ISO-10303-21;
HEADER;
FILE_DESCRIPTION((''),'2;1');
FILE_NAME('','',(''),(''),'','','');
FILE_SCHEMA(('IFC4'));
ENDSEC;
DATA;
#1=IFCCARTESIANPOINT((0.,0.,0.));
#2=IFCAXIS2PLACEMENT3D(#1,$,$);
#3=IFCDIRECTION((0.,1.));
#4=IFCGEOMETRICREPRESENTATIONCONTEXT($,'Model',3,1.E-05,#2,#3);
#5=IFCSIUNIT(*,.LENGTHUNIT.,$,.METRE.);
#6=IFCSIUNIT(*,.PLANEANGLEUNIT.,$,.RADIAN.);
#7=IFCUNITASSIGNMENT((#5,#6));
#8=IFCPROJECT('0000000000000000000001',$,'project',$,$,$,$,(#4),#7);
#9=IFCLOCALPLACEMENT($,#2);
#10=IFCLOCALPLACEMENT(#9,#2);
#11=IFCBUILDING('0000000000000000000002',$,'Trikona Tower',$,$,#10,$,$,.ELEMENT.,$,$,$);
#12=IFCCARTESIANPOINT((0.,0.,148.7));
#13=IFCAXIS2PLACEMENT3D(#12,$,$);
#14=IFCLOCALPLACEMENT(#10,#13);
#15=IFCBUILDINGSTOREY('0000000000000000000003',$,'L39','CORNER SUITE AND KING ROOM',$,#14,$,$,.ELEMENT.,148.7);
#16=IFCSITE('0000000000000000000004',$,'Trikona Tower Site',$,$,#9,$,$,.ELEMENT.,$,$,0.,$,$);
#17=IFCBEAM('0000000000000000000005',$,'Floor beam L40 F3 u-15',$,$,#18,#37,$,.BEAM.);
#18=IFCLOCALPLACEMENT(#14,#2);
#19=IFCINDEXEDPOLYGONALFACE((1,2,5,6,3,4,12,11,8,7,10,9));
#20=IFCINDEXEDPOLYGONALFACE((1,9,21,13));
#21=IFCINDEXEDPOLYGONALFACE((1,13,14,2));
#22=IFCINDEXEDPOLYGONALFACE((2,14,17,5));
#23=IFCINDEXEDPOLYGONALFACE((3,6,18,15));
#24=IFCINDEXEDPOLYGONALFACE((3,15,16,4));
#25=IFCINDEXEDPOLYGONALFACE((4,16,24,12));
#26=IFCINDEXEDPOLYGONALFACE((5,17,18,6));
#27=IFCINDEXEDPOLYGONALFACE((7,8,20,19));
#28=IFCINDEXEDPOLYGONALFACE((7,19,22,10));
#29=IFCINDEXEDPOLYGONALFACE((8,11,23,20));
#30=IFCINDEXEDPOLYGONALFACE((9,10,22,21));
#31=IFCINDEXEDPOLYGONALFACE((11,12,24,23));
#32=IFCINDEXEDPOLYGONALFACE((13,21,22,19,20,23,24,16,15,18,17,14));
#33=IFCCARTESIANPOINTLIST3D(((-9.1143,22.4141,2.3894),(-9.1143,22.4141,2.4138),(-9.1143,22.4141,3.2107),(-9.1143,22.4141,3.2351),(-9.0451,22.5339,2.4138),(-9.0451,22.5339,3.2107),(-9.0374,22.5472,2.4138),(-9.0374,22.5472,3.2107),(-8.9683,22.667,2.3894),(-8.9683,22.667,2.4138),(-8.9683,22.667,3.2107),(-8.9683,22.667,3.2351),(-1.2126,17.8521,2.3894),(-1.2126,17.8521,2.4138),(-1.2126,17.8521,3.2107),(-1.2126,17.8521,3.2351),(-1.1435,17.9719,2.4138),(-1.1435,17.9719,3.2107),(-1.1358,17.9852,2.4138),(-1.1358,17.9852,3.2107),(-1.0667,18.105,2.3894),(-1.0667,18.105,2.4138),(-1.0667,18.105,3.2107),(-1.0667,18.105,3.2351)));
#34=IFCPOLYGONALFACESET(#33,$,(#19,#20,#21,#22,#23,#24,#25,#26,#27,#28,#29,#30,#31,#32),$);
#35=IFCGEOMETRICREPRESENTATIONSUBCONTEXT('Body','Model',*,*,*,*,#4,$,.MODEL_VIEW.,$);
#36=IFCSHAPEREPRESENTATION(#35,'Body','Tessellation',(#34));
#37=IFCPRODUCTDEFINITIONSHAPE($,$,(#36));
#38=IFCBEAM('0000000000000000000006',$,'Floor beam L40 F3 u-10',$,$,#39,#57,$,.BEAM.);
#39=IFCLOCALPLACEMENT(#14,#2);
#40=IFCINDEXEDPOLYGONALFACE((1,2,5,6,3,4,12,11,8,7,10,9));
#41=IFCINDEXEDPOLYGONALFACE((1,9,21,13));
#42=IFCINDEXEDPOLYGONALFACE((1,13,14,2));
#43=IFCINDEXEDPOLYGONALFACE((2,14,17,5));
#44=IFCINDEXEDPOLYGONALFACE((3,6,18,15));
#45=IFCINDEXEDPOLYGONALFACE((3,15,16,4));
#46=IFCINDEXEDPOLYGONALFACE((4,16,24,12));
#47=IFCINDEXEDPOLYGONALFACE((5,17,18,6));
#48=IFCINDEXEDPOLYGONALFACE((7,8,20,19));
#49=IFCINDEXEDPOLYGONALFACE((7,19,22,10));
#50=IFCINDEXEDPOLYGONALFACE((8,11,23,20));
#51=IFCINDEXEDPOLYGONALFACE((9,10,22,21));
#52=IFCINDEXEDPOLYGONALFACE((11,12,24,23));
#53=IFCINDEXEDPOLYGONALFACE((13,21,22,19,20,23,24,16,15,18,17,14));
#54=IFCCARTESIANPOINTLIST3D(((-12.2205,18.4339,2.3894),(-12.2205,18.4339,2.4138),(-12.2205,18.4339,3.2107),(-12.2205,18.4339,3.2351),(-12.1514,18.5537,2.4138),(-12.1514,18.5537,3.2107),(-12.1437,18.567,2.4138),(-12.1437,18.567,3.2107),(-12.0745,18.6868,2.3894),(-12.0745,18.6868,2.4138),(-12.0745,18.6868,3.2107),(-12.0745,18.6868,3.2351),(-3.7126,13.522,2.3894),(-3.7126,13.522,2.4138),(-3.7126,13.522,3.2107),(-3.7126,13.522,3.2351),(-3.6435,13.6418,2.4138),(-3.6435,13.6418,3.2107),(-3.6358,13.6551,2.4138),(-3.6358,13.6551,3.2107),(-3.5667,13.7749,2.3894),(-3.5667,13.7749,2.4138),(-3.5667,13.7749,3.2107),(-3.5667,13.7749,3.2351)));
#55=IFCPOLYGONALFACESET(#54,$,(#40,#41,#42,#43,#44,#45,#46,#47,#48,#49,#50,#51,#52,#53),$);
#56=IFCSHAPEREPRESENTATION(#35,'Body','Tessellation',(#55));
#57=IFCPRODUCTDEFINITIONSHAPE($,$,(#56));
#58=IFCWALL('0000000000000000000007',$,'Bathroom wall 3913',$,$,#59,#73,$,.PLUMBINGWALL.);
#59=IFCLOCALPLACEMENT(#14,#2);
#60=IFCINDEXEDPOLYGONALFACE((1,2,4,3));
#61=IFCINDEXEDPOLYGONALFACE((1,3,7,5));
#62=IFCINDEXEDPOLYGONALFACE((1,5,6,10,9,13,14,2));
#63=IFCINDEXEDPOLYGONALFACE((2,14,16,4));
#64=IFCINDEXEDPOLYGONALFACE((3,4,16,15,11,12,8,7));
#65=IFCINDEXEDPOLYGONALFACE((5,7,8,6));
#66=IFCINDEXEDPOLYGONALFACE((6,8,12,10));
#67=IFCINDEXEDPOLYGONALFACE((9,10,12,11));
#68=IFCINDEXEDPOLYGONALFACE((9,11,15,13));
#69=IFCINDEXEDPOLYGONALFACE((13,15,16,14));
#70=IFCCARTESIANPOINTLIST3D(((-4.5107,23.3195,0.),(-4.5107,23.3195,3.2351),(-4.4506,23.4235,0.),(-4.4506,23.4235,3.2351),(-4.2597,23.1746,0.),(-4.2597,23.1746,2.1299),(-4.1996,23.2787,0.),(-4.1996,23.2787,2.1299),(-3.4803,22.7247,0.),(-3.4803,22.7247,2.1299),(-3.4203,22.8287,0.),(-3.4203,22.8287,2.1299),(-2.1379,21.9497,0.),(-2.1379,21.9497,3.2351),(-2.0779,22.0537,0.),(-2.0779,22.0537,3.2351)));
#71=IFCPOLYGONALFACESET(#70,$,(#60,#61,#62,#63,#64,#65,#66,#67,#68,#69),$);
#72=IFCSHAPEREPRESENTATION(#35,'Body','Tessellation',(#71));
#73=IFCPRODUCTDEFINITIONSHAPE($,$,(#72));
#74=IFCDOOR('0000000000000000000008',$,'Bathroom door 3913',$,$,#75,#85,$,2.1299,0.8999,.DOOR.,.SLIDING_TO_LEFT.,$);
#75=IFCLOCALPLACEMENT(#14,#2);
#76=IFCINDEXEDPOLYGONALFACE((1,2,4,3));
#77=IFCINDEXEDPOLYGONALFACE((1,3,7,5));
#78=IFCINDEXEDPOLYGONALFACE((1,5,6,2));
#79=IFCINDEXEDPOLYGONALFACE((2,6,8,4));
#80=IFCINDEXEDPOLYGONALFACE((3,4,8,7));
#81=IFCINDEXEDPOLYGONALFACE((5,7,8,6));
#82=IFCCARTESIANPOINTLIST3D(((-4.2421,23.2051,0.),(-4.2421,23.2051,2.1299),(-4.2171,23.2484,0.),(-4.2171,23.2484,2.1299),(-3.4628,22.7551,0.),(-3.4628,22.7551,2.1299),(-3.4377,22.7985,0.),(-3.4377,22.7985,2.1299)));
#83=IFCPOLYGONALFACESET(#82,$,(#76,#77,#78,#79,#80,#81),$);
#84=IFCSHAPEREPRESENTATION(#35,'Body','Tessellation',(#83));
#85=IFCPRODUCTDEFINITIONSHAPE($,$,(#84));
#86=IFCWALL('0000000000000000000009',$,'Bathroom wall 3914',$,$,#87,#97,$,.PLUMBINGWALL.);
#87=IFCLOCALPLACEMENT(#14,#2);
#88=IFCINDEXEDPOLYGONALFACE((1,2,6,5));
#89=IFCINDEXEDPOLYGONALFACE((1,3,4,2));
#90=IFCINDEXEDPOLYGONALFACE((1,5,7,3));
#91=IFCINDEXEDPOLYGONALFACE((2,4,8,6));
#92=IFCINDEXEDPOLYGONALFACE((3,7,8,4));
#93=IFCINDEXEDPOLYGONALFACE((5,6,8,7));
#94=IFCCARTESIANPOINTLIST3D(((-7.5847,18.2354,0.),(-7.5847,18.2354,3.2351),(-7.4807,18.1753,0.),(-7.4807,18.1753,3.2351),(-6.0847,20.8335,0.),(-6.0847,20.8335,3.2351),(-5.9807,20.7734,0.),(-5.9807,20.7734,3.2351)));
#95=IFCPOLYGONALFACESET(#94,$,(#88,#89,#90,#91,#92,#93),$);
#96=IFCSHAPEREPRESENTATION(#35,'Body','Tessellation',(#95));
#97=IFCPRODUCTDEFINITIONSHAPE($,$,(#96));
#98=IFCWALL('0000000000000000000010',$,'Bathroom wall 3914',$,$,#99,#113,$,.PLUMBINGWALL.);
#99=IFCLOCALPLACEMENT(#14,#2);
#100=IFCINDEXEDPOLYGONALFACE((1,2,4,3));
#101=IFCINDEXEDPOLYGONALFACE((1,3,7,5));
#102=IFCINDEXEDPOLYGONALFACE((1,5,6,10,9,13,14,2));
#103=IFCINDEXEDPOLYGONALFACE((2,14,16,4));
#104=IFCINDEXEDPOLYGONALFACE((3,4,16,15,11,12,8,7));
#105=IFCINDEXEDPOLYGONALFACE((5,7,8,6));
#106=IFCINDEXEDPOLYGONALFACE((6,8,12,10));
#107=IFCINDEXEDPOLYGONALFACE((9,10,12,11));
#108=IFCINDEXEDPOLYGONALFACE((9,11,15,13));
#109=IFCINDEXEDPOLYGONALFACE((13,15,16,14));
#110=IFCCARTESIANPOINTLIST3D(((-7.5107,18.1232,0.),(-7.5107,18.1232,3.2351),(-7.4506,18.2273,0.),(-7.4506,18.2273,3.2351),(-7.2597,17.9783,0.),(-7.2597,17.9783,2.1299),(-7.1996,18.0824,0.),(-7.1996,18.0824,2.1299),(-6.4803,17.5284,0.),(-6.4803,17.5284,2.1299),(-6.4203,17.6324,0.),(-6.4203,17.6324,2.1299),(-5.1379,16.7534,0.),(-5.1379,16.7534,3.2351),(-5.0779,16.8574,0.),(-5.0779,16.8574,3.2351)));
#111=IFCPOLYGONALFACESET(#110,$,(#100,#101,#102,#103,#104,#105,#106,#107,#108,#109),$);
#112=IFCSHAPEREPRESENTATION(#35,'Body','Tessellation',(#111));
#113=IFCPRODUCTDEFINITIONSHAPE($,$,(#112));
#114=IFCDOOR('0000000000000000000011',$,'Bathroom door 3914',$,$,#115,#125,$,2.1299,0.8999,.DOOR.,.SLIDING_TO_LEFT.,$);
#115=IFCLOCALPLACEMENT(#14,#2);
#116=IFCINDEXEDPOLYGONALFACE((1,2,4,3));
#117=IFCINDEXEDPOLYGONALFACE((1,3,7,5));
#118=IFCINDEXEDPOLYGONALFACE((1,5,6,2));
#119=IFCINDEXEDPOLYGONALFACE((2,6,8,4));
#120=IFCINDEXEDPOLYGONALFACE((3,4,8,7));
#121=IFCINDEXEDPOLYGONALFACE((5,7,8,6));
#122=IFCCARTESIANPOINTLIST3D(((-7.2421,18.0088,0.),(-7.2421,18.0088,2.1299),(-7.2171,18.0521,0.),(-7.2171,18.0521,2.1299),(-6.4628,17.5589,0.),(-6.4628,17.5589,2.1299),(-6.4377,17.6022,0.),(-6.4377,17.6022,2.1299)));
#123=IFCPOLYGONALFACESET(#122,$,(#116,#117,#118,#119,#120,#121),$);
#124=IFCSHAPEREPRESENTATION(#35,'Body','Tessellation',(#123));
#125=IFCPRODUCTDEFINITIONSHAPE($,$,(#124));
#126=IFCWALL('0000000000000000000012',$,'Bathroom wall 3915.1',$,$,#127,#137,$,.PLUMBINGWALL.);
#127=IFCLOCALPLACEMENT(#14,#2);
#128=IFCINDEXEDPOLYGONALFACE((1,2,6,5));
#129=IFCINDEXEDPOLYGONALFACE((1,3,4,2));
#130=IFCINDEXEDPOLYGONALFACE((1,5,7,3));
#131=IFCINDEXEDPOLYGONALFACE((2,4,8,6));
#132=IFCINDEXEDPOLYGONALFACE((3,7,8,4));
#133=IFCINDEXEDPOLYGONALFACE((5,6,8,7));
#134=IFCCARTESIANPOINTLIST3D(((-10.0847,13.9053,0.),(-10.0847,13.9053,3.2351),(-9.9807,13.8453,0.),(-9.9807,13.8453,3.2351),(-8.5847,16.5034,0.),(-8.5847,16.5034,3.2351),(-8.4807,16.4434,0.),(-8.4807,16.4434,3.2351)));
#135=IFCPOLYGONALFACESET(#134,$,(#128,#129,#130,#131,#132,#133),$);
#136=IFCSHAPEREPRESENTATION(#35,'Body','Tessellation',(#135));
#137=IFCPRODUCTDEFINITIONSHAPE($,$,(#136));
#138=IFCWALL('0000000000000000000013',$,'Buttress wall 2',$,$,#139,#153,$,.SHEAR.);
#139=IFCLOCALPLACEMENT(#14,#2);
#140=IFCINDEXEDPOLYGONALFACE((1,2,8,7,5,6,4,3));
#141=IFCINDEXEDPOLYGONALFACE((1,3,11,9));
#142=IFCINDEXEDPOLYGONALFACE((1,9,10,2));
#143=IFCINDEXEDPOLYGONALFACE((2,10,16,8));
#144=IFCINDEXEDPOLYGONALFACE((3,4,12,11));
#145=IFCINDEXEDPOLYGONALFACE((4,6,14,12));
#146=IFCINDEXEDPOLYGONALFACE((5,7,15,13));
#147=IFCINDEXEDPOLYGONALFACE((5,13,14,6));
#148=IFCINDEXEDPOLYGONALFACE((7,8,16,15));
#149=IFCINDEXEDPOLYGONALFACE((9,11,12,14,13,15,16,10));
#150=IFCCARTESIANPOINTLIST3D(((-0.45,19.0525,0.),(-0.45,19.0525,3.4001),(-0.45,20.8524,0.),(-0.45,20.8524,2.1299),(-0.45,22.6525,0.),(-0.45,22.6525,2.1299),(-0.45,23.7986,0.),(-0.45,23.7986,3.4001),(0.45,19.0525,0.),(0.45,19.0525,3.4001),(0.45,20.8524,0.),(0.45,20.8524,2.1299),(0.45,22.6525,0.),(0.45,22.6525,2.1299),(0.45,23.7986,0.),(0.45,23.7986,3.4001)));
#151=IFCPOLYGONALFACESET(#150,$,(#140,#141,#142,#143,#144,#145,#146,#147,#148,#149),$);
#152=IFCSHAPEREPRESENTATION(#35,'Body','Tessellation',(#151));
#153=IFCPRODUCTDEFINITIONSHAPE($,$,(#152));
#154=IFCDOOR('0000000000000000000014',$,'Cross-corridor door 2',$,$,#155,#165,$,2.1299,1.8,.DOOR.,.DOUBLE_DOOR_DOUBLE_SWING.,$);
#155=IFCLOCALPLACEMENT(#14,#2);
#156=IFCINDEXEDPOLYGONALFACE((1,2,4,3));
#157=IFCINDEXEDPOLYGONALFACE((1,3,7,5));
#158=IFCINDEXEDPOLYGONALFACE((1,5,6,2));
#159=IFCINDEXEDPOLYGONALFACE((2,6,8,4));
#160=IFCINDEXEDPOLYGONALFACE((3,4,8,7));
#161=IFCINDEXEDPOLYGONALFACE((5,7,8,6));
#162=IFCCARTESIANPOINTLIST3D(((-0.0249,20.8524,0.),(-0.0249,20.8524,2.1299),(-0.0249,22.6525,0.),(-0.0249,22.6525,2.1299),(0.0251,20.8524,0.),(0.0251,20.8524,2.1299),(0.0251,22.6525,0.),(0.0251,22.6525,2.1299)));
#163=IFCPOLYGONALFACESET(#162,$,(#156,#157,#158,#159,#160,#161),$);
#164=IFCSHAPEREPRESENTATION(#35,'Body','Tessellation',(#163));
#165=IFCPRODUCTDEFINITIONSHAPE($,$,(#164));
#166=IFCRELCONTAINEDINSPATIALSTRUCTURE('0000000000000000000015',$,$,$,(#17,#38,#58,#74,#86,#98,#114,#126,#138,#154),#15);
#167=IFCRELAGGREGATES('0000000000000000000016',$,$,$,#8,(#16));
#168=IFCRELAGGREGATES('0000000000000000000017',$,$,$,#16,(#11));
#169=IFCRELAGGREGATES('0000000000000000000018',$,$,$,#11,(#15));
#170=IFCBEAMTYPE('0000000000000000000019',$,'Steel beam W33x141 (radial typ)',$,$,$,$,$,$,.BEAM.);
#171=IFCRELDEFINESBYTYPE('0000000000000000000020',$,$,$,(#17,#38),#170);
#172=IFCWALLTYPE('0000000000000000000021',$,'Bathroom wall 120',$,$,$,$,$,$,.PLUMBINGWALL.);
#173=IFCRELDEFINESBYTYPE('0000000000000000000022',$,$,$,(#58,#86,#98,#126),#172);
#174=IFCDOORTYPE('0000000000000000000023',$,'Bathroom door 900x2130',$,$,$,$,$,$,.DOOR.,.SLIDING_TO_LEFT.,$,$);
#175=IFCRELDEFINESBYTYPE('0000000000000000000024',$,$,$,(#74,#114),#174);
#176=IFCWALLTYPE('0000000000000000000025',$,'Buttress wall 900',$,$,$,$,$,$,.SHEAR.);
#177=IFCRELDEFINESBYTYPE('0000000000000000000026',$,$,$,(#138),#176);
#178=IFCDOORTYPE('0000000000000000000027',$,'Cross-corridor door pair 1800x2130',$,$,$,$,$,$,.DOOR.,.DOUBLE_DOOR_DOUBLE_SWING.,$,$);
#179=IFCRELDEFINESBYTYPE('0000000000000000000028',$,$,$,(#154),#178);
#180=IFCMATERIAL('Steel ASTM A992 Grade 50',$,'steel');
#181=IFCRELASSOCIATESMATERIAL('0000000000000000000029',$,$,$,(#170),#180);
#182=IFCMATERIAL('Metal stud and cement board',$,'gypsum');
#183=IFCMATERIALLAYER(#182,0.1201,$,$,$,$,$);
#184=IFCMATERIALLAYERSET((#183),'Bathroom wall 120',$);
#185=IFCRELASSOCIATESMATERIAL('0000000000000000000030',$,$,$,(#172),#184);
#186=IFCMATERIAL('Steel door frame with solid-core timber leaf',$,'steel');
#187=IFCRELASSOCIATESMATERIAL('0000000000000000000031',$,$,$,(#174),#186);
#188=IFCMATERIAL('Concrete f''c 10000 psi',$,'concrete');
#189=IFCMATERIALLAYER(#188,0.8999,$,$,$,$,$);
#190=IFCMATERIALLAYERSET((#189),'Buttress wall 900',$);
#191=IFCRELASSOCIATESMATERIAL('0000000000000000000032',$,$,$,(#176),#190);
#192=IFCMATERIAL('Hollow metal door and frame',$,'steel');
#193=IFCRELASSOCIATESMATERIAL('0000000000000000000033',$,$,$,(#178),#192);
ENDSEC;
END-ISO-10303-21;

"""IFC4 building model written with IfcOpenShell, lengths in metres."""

from ifc_helpers import new_model, si_unit, direction, frame, frame_2d, origin, origin_2d, place, context, subcontext, project, spatial, rectangle, i_section, extrude, material, layer, layer_set, material_profile, profile_set, type_object, element, fill, save


model = new_model("IFC4")

# Units and contexts
model_context = context("Model", 3, precision=1e-05, world=origin(), true_north=direction((0.0, 1.0)))
body_context = subcontext(model_context, "Body", "Model", "MODEL_VIEW")
ifc_project = project(units=[si_unit("LENGTHUNIT", "METRE"), si_unit("PLANEANGLEUNIT", "RADIAN")], contexts=[model_context])

# Site, building, storey
site_placement = place(None, origin())
site = spatial("IfcSite", under=ifc_project, at=site_placement, Name="Trikona Tower Site", CompositionType="ELEMENT", RefElevation=0.0)
building_placement = place(site_placement, origin())
building = spatial("IfcBuilding", under=site, at=building_placement, Name="Trikona Tower", CompositionType="ELEMENT")
storey_placement = place(building_placement, frame((0.0, 0.0, 148.7)))
storey = spatial("IfcBuildingStorey", under=building, at=storey_placement, Name="L39", Description="CORNER SUITE AND KING ROOM", CompositionType="ELEMENT", Elevation=148.7)

# Beams
ifc_material_1 = material(Name="Steel ASTM A992 Grade 50", Category="steel")
ifc_material_profile = material_profile(ifc_material_1, i_section(OverallWidth=0.292, OverallDepth=0.8457, WebThickness=0.0154, FlangeThickness=0.0244, at=origin_2d()), Name="W33X141")
ifc_profile_set = profile_set([ifc_material_profile], Name="Steel ASTM A992 Grade 50")
beam_type = type_object("IfcBeamType", Name="Steel beam W33x141 (radial typ)", PredefinedType="BEAM", material=ifc_profile_set)
beam_1_placement = place(storey_placement, frame((-1.1396, 17.9785, 2.8123), z_axis=(-0.866025, 0.500001, 0.0), x_axis=(-0.500001, -0.866025, 0.0)))
element("IfcBeam", 1, at=beam_1_placement, inside=storey, type_object=beam_type, Name="Floor beam L40 F3 u-15", PredefinedType="BEAM", context=body_context, shape_type="SweptSolid", body=[
    extrude(i_section(OverallWidth=0.292, OverallDepth=0.8457, WebThickness=0.0154, FlangeThickness=0.0244, at=origin_2d()), origin(), (0.0, 0.0, 1.0), 9.124),
])
beam_2_placement = place(storey_placement, frame((-3.6396, 13.6484, 2.8123), z_axis=(-0.866031, 0.499991, 0.0), x_axis=(-0.499991, -0.866031, 0.0)))
element("IfcBeam", 2, at=beam_2_placement, inside=storey, type_object=beam_type, Name="Floor beam L40 F3 u-10", PredefinedType="BEAM", context=body_context, shape_type="SweptSolid", body=[
    extrude(i_section(OverallWidth=0.292, OverallDepth=0.8457, WebThickness=0.0154, FlangeThickness=0.0244, at=origin_2d()), origin(), (0.0, 0.0, 1.0), 9.824),
])

# Wall, opening, door
ifc_material_2 = material(Name="Metal stud and cement board", Category="gypsum")
ifc_layer_1 = layer(ifc_material_2, 0.1201)
ifc_layer_set_1 = layer_set([ifc_layer_1], Name="Bathroom wall 120")
wall_type_1 = type_object("IfcWallType", Name="Bathroom wall 120", PredefinedType="PLUMBINGWALL", material=ifc_layer_set_1)
wall_1_placement = place(storey_placement, frame((-2.1079, 22.0017, 0.0), z_axis=(0.0, 0.0, 1.0), x_axis=(-0.866036, 0.499982, 0.0)))
wall_1 = element("IfcWall", 3, at=wall_1_placement, inside=storey, type_object=wall_type_1, Name="Bathroom wall 3913", PredefinedType="PLUMBINGWALL", context=body_context, shape_type="SweptSolid", body=[
    extrude(rectangle(XDim=2.7397, YDim=0.1201, at=frame_2d((1.3699, 0.0))), origin(), (0.0, 0.0, 1.0), 3.2351),
])
opening_1_placement = place(wall_1_placement, frame((1.55, 0.0, 0.0)))
opening_1 = element("IfcOpeningElement", 4, at=opening_1_placement, cuts=wall_1, PredefinedType="OPENING", context=body_context, shape_type="SweptSolid", body=[
    extrude(rectangle(XDim=0.8999, YDim=2.1299, at=frame_2d((0.45, 1.0649))), frame((0.0, 0.0701, 0.0), z_axis=(0.0, -1.0, 0.0), x_axis=(1.0, 0.0, 0.0)), (0.0, 0.0, 1.0), 0.1401),
])
ifc_material_3 = material(Name="Steel door frame with solid-core timber leaf", Category="steel")
door_type_1 = type_object("IfcDoorType", Name="Bathroom door 900x2130", OperationType="SLIDING_TO_LEFT", PredefinedType="DOOR", material=ifc_material_3)
door_1_placement = place(opening_1_placement, origin())
door_1 = element("IfcDoor", 5, at=door_1_placement, inside=storey, type_object=door_type_1, Name="Bathroom door 3913", OperationType="SLIDING_TO_LEFT", OverallHeight=2.1299, OverallWidth=0.8999, PredefinedType="DOOR", context=body_context, shape_type="SweptSolid", body=[
    extrude(rectangle(XDim=0.8999, YDim=2.1299, at=frame_2d((0.45, 1.0649))), frame((0.0, 0.0249, 0.0), z_axis=(0.0, -1.0, 0.0), x_axis=(1.0, 0.0, 0.0)), (0.0, 0.0, 1.0), 0.05),
])
fill(opening_1, door_1)

# Wall
wall_2_placement = place(storey_placement, frame((-6.0327, 20.8035, 0.0), z_axis=(0.0, 0.0, 1.0), x_axis=(-0.49999, -0.866031, 0.0)))
element("IfcWall", 6, at=wall_2_placement, inside=storey, type_object=wall_type_1, Name="Bathroom wall 3914", PredefinedType="PLUMBINGWALL", context=body_context, shape_type="SweptSolid", body=[
    extrude(rectangle(XDim=3.0, YDim=0.1201, at=frame_2d((1.5, 0.0))), origin(), (0.0, 0.0, 1.0), 3.2351),
])

# Wall, opening, door
wall_3_placement = place(storey_placement, frame((-5.1079, 16.8054, 0.0), z_axis=(0.0, 0.0, 1.0), x_axis=(-0.866036, 0.499982, 0.0)))
wall_3 = element("IfcWall", 7, at=wall_3_placement, inside=storey, type_object=wall_type_1, Name="Bathroom wall 3914", PredefinedType="PLUMBINGWALL", context=body_context, shape_type="SweptSolid", body=[
    extrude(rectangle(XDim=2.7397, YDim=0.1201, at=frame_2d((1.3699, 0.0))), origin(), (0.0, 0.0, 1.0), 3.2351),
])
opening_2_placement = place(wall_3_placement, frame((1.55, 0.0, 0.0)))
opening_2 = element("IfcOpeningElement", 8, at=opening_2_placement, cuts=wall_3, PredefinedType="OPENING", context=body_context, shape_type="SweptSolid", body=[
    extrude(rectangle(XDim=0.8999, YDim=2.1299, at=frame_2d((0.45, 1.0649))), frame((0.0, 0.0701, 0.0), z_axis=(0.0, -1.0, 0.0), x_axis=(1.0, 0.0, 0.0)), (0.0, 0.0, 1.0), 0.1401),
])
door_2_placement = place(opening_2_placement, origin())
door_2 = element("IfcDoor", 9, at=door_2_placement, inside=storey, type_object=door_type_1, Name="Bathroom door 3914", OperationType="SLIDING_TO_LEFT", OverallHeight=2.1299, OverallWidth=0.8999, PredefinedType="DOOR", context=body_context, shape_type="SweptSolid", body=[
    extrude(rectangle(XDim=0.8999, YDim=2.1299, at=frame_2d((0.45, 1.0649))), frame((0.0, 0.0249, 0.0), z_axis=(0.0, -1.0, 0.0), x_axis=(1.0, 0.0, 0.0)), (0.0, 0.0, 1.0), 0.05),
])
fill(opening_2, door_2)

# Wall
wall_4_placement = place(storey_placement, frame((-8.5327, 16.4734, 0.0), z_axis=(0.0, 0.0, 1.0), x_axis=(-0.49999, -0.866031, 0.0)))
element("IfcWall", 10, at=wall_4_placement, inside=storey, type_object=wall_type_1, Name="Bathroom wall 3915.1", PredefinedType="PLUMBINGWALL", context=body_context, shape_type="SweptSolid", body=[
    extrude(rectangle(XDim=3.0, YDim=0.1201, at=frame_2d((1.5, 0.0))), origin(), (0.0, 0.0, 1.0), 3.2351),
])

# Wall, opening, door
ifc_material_4 = material(Name="Concrete f'c 10000 psi", Category="concrete")
ifc_layer_2 = layer(ifc_material_4, 0.8999)
ifc_layer_set_2 = layer_set([ifc_layer_2], Name="Buttress wall 900")
wall_type_2 = type_object("IfcWallType", Name="Buttress wall 900", PredefinedType="SHEAR", material=ifc_layer_set_2)
wall_5_placement = place(storey_placement, frame((0.0, 19.0525, 0.0), z_axis=(0.0, 0.0, 1.0), x_axis=(0.0, 1.0, 0.0)))
wall_5 = element("IfcWall", 11, at=wall_5_placement, inside=storey, type_object=wall_type_2, Name="Buttress wall 2", PredefinedType="SHEAR", context=body_context, shape_type="SweptSolid", body=[
    extrude(rectangle(XDim=4.7461, YDim=0.8999, at=frame_2d((2.373, 0.0))), origin(), (0.0, 0.0, 1.0), 3.4001),
])
opening_3_placement = place(wall_5_placement, frame((1.8, 0.0, 0.0)))
opening_3 = element("IfcOpeningElement", 12, at=opening_3_placement, cuts=wall_5, PredefinedType="OPENING", context=body_context, shape_type="SweptSolid", body=[
    extrude(rectangle(XDim=1.8, YDim=2.1299, at=frame_2d((0.8999, 1.0649))), frame((0.0, 0.46, 0.0), z_axis=(0.0, -1.0, 0.0), x_axis=(1.0, 0.0, 0.0)), (0.0, 0.0, 1.0), 0.9199),
])
ifc_material_5 = material(Name="Hollow metal door and frame", Category="steel")
door_type_2 = type_object("IfcDoorType", Name="Cross-corridor door pair 1800x2130", OperationType="DOUBLE_DOOR_DOUBLE_SWING", PredefinedType="DOOR", material=ifc_material_5)
door_3_placement = place(opening_3_placement, origin())
door_3 = element("IfcDoor", 13, at=door_3_placement, inside=storey, type_object=door_type_2, Name="Cross-corridor door 2", OperationType="DOUBLE_DOOR_DOUBLE_SWING", OverallHeight=2.1299, OverallWidth=1.8, PredefinedType="DOOR", context=body_context, shape_type="SweptSolid", body=[
    extrude(rectangle(XDim=1.8, YDim=2.1299, at=frame_2d((0.8999, 1.0649))), frame((0.0, 0.0249, 0.0), z_axis=(0.0, -1.0, 0.0), x_axis=(1.0, 0.0, 0.0)), (0.0, 0.0, 1.0), 0.05),
])
fill(opening_3, door_3)

save(model, "model.ifc")
